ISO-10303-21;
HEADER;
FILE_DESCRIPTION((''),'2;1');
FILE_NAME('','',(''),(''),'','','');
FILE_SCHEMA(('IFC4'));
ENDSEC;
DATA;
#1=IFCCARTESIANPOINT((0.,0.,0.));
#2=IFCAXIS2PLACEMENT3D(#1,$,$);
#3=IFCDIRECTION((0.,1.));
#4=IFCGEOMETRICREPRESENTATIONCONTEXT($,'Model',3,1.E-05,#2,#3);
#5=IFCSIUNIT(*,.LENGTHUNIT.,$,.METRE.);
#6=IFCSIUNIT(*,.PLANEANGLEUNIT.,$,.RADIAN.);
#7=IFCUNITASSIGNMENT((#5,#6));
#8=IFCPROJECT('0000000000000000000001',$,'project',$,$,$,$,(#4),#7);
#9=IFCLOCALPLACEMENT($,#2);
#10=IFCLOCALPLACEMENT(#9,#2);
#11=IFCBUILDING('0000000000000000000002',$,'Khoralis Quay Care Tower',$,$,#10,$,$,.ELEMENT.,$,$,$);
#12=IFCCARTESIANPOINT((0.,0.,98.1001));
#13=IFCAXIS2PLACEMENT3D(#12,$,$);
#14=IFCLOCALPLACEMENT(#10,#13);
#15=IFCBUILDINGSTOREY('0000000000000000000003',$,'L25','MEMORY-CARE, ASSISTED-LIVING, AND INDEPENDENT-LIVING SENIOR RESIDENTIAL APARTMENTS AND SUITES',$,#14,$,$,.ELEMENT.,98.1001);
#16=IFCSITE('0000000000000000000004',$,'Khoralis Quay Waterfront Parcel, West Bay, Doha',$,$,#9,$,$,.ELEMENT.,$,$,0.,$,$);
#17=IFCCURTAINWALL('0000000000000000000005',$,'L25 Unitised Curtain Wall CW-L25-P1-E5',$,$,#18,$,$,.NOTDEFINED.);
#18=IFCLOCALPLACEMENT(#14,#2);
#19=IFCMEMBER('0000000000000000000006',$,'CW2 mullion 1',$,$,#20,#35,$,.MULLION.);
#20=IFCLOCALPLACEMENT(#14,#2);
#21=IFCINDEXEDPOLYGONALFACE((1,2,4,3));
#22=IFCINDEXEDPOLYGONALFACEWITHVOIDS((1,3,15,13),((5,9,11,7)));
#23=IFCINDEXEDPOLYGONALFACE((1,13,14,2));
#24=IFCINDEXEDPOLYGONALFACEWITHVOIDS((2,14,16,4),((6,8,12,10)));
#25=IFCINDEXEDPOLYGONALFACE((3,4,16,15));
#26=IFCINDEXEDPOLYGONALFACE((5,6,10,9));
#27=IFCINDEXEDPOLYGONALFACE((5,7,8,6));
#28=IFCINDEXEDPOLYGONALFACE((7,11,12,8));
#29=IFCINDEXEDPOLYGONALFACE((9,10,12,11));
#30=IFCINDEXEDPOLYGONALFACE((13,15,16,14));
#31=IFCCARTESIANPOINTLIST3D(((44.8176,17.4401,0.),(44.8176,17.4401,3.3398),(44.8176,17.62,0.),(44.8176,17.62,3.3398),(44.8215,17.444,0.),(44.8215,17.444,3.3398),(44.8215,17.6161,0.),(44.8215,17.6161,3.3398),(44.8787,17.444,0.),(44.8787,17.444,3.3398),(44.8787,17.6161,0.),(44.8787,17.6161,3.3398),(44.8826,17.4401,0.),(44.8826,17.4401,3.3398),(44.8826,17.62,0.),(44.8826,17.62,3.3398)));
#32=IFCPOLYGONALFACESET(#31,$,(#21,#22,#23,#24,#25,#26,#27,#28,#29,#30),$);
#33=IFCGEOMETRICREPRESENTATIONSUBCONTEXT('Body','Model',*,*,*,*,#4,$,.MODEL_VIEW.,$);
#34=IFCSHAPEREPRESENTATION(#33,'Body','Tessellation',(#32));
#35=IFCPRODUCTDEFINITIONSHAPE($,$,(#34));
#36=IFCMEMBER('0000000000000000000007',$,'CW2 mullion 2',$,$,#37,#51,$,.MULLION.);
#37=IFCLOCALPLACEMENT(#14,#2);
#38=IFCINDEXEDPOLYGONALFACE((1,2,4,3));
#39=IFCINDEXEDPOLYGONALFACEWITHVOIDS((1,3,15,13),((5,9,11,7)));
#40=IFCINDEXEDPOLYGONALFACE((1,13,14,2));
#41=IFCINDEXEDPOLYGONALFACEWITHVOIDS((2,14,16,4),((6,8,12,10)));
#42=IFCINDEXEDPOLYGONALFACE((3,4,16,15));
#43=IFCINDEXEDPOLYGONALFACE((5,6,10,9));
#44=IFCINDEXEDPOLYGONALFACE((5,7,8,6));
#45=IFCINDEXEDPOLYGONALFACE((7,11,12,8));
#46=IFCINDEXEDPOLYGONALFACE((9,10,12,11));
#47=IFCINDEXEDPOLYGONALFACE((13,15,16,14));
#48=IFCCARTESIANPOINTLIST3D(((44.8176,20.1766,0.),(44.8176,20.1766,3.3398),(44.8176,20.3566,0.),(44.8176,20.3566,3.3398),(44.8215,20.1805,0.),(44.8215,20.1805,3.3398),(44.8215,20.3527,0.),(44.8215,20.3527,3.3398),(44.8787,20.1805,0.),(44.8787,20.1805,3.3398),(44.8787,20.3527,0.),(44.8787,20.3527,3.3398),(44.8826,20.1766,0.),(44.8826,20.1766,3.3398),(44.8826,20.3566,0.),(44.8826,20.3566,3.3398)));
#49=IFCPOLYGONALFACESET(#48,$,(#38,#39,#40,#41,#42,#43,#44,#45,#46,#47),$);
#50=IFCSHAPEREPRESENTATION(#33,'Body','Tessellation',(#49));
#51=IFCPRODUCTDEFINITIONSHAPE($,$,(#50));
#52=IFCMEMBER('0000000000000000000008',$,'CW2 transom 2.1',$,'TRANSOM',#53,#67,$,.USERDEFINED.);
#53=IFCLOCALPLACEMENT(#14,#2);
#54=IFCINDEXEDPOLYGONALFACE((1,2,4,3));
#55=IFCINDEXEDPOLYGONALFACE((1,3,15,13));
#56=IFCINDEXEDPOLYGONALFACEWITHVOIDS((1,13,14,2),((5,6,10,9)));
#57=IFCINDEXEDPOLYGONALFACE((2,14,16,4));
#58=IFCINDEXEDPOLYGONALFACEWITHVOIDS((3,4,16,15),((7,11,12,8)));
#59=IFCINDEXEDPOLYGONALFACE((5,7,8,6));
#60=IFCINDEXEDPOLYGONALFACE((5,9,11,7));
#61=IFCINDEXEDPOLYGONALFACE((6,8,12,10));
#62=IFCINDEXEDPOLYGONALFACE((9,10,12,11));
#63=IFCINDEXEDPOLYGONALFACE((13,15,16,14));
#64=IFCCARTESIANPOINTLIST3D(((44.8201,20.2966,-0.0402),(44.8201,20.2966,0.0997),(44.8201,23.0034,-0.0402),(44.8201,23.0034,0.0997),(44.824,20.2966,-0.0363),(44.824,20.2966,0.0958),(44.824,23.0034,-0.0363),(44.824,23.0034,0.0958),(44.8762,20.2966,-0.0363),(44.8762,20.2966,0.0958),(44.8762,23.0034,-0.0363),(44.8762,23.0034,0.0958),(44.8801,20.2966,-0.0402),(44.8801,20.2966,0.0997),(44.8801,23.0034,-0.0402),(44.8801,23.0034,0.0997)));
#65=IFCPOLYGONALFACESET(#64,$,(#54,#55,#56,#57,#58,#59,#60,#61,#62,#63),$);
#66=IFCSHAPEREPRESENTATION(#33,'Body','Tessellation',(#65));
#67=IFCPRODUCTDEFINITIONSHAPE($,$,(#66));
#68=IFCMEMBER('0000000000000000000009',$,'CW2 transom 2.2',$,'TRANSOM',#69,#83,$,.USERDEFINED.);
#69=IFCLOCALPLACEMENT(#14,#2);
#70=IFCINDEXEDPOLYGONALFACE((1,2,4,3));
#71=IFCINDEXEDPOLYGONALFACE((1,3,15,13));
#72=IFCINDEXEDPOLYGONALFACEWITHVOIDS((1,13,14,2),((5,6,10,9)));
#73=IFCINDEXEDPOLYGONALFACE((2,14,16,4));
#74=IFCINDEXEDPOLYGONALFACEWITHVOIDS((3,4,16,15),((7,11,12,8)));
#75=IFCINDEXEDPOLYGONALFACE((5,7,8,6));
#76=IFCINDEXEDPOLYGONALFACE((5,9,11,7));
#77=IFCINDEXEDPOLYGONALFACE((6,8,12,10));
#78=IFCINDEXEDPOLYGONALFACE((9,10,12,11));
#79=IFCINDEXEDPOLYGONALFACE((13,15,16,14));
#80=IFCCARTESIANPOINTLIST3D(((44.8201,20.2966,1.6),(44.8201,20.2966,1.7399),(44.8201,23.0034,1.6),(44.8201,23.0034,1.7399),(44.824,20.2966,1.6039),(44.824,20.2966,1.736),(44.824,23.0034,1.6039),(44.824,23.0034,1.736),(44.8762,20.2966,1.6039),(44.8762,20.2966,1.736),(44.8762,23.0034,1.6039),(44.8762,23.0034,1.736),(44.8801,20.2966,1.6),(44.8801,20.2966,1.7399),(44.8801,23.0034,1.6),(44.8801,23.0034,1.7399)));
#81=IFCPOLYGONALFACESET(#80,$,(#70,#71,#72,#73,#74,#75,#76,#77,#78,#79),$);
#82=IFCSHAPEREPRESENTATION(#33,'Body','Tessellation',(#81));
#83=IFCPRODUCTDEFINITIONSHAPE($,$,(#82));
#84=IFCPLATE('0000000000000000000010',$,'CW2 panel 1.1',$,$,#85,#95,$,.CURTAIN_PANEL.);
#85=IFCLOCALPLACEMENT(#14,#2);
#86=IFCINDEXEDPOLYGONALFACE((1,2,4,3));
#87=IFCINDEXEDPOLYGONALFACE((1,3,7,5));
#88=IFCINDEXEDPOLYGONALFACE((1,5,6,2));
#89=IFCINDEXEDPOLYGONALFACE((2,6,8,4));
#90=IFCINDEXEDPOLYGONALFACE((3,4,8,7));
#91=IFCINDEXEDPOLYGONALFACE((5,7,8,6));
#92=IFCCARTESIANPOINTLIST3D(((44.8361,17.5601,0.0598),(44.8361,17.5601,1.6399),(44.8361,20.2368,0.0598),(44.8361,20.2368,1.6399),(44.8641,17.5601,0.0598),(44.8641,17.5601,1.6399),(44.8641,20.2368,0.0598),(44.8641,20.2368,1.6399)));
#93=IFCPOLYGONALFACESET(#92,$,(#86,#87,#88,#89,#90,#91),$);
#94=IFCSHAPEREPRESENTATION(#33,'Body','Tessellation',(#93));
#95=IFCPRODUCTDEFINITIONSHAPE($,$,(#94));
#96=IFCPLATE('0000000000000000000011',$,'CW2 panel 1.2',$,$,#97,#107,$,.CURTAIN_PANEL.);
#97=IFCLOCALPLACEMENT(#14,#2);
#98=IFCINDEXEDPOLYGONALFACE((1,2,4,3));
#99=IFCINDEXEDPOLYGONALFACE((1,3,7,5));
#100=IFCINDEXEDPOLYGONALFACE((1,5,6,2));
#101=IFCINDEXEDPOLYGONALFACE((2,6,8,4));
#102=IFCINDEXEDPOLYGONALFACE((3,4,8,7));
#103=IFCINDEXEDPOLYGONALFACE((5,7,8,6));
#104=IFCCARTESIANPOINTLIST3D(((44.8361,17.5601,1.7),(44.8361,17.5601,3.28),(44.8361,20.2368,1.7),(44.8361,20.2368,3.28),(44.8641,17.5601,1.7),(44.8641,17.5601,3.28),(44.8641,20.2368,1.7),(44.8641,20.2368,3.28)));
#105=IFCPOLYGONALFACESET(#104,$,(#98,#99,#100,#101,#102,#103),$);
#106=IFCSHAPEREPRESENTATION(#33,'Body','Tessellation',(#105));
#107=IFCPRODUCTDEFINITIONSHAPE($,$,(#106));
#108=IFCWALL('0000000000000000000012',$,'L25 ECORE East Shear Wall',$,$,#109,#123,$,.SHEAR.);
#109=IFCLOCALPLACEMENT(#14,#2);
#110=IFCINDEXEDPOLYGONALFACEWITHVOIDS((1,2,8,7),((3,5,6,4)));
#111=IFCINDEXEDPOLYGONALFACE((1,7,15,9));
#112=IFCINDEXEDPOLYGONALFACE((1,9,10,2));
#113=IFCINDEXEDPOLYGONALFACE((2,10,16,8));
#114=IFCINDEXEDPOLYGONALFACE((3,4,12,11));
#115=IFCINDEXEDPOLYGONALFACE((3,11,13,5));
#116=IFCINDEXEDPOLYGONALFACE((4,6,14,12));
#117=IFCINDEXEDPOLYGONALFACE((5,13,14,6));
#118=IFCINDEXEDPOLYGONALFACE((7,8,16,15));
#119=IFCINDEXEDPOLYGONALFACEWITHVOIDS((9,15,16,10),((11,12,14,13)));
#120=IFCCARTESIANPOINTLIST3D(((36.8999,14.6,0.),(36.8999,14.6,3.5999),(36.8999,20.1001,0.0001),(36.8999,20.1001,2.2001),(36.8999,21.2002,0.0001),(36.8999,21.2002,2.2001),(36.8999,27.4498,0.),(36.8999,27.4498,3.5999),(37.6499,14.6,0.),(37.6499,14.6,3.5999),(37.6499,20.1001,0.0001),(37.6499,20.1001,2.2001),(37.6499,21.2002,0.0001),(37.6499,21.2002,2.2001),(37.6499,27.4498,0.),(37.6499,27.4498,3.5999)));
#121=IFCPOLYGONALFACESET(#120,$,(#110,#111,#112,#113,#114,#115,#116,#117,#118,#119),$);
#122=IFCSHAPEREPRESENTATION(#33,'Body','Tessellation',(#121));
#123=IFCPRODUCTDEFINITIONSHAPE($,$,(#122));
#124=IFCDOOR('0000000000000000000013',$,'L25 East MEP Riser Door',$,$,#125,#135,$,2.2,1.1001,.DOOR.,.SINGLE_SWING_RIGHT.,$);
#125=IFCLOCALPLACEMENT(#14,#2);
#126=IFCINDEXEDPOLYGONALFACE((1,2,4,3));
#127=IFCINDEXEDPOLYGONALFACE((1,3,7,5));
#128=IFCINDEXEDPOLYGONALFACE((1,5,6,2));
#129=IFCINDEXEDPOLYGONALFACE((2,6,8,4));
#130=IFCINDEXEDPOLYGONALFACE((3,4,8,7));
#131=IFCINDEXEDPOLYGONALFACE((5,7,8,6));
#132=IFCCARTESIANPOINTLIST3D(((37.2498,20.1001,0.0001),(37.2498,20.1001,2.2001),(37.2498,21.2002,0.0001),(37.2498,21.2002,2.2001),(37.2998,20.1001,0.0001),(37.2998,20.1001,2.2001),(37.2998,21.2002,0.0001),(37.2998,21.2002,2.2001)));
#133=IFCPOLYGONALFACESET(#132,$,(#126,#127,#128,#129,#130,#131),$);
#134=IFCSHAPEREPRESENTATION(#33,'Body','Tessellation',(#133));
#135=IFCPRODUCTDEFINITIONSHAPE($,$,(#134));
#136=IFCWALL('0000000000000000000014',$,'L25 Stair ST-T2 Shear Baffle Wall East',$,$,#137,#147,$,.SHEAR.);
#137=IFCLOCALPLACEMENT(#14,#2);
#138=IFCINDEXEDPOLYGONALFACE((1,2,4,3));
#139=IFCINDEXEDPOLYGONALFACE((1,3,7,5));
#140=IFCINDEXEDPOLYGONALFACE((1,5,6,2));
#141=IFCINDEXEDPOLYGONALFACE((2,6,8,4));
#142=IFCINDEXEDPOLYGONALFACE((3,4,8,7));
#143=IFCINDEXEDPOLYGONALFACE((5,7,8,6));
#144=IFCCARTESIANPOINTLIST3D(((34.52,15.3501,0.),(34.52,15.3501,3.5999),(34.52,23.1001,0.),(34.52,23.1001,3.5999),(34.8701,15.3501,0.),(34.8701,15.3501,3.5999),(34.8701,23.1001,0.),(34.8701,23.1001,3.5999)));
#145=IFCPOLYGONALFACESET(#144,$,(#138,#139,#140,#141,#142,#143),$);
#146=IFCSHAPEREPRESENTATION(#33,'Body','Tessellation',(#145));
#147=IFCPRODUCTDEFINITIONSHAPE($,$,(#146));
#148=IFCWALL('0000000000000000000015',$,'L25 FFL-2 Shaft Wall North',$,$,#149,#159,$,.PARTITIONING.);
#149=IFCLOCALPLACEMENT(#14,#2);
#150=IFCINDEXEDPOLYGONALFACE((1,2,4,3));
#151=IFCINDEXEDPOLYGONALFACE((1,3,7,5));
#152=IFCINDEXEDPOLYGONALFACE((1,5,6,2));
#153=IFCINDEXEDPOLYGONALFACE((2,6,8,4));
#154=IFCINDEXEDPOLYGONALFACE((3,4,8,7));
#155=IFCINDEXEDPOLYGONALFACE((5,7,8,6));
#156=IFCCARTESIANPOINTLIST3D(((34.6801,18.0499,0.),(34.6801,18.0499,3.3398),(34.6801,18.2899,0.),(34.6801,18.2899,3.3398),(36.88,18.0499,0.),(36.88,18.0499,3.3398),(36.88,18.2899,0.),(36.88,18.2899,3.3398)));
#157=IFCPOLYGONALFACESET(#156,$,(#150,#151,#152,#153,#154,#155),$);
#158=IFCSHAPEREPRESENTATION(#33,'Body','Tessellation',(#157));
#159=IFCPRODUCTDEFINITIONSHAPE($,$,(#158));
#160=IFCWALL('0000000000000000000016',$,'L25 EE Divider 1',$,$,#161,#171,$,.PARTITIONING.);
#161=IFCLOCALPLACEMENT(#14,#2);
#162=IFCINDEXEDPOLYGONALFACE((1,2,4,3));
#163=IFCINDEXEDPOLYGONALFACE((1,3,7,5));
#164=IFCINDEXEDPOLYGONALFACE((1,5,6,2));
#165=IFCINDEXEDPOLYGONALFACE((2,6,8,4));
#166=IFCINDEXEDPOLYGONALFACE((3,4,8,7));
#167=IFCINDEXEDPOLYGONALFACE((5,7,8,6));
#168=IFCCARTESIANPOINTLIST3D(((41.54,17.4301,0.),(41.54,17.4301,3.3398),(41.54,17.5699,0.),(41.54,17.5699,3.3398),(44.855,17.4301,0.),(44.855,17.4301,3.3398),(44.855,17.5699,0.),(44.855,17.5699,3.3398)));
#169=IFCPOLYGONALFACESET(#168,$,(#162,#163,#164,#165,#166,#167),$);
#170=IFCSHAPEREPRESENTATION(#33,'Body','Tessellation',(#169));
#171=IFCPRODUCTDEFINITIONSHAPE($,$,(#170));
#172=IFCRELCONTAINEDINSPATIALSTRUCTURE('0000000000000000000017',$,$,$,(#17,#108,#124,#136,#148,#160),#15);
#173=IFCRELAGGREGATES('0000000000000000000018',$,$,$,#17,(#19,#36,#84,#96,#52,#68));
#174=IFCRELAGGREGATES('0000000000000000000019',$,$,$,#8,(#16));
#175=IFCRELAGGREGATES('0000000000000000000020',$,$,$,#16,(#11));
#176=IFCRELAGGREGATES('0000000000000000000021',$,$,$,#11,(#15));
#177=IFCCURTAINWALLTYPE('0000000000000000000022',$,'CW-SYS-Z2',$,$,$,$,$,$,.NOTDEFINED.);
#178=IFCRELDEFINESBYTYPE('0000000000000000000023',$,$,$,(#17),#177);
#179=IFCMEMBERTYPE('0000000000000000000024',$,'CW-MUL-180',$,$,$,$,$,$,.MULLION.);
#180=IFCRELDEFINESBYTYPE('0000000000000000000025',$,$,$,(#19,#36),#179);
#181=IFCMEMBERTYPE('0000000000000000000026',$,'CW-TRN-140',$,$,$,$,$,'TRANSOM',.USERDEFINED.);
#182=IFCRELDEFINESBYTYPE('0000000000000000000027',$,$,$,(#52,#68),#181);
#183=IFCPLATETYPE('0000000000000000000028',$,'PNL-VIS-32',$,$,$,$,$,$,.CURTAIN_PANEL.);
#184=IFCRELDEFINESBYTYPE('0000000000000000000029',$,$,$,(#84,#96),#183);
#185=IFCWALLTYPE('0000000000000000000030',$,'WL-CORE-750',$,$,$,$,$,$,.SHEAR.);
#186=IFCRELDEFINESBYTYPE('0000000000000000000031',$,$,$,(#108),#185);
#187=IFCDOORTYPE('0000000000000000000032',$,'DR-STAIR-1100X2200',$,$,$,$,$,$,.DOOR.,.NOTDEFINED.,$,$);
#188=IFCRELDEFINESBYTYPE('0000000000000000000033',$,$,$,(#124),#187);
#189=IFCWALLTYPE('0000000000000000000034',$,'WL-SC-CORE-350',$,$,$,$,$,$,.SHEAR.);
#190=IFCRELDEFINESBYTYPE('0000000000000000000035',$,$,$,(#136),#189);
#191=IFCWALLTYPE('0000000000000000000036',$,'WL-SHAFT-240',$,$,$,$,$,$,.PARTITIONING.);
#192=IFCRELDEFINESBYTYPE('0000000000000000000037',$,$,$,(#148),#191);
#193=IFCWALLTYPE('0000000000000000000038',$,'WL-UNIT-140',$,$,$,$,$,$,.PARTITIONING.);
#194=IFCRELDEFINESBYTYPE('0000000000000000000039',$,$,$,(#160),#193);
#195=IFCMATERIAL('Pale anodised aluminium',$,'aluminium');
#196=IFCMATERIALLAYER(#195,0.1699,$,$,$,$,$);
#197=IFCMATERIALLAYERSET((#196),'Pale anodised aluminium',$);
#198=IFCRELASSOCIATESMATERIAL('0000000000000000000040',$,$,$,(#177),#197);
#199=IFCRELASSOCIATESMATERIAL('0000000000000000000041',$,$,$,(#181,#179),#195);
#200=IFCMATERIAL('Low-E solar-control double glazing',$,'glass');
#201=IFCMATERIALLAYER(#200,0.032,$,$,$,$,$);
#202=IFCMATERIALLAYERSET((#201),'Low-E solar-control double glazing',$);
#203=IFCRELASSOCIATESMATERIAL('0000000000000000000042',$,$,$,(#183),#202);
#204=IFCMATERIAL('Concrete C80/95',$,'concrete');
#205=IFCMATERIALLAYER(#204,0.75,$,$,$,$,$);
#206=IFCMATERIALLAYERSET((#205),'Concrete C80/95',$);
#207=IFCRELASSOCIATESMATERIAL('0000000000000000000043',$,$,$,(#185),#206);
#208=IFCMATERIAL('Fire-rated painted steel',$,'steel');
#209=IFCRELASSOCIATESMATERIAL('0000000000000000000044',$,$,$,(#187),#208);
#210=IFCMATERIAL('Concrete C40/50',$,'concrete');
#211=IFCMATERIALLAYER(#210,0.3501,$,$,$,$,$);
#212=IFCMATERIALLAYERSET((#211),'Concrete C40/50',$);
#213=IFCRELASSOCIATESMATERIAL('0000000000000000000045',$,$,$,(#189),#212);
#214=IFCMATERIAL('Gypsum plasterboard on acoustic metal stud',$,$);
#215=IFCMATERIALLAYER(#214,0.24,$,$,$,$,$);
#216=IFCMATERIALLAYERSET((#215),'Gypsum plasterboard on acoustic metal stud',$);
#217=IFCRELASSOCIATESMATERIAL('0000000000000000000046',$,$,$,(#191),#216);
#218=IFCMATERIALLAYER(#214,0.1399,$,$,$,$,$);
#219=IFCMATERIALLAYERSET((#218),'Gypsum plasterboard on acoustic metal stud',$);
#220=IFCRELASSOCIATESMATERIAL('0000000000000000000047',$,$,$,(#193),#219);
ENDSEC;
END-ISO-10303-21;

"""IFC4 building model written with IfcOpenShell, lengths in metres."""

from ifc_helpers import new_model, si_unit, direction, frame, frame_2d, origin, origin_2d, place, context, subcontext, project, spatial, rectangle, hollow_rectangle, extrude, source, transform, mapped, material, layer, layer_set, material_profile, profile_set, type_object, element, fill, aggregate, save


model = new_model("IFC4")

# Units and contexts
model_context = context("Model", 3, precision=1e-05, world=origin(), true_north=direction((0.0, 1.0)))
body_context = subcontext(model_context, "Body", "Model", "MODEL_VIEW")
ifc_project = project(units=[si_unit("LENGTHUNIT", "METRE"), si_unit("PLANEANGLEUNIT", "RADIAN")], contexts=[model_context])

# Site, building, storey
site_placement = place(None, origin())
site = spatial("IfcSite", under=ifc_project, at=site_placement, Name="Khoralis Quay Waterfront Parcel, West Bay, Doha", CompositionType="ELEMENT", RefElevation=0.0)
building_placement = place(site_placement, origin())
building = spatial("IfcBuilding", under=site, at=building_placement, Name="Khoralis Quay Care Tower", CompositionType="ELEMENT")
storey_placement = place(building_placement, frame((0.0, 0.0, 98.1001)))
storey = spatial("IfcBuildingStorey", under=building, at=storey_placement, Name="L25", Description="MEMORY-CARE, ASSISTED-LIVING, AND INDEPENDENT-LIVING SENIOR RESIDENTIAL APARTMENTS AND SUITES", CompositionType="ELEMENT", Elevation=98.1001)

# Curtain wall, members, plates
ifc_material_1 = material(Name="Pale anodised aluminium", Category="aluminium")
ifc_layer_1 = layer(ifc_material_1, 0.1699)
ifc_layer_set_1 = layer_set([ifc_layer_1], Name="Pale anodised aluminium")
curtain_wall_type = type_object("IfcCurtainWallType", Name="CW-SYS-Z2", PredefinedType="NOTDEFINED", material=ifc_layer_set_1)
curtain_wall_placement = place(storey_placement, origin())
curtain_wall = element("IfcCurtainWall", 1, at=curtain_wall_placement, inside=storey, type_object=curtain_wall_type, Name="L25 Unitised Curtain Wall CW-L25-P1-E5", PredefinedType="NOTDEFINED")
ifc_material_profile_1 = material_profile(ifc_material_1, hollow_rectangle(XDim=0.0601, YDim=0.1399, WallThickness=0.0039, at=origin_2d()), Name="Pale anodised aluminium")
ifc_profile_set_1 = profile_set([ifc_material_profile_1], Name="Pale anodised aluminium")
member_type_1 = type_object("IfcMemberType", Name="CW-TRN-140", ElementType="TRANSOM", PredefinedType="USERDEFINED", material=ifc_profile_set_1)
ifc_material_profile_2 = material_profile(ifc_material_1, hollow_rectangle(XDim=0.0649, YDim=0.1799, WallThickness=0.0039, at=origin_2d()), Name="Pale anodised aluminium")
ifc_profile_set_2 = profile_set([ifc_material_profile_2], Name="Pale anodised aluminium")
member_type_2 = type_object("IfcMemberType", Name="CW-MUL-180", PredefinedType="MULLION", material=ifc_profile_set_2)
shared_shape_1 = source(origin(), body_context, "Body", "SweptSolid", [
    extrude(hollow_rectangle(XDim=0.0649, YDim=0.1799, WallThickness=0.0039, at=origin_2d()), origin(), (0.0, 0.0, 1.0), 3.3398),
])
member_1_placement = place(storey_placement, frame((44.8501, 17.53, 0.0), z_axis=(0.0, 0.0, 1.0), x_axis=(-1.0, 0.0, 0.0)))
member_1 = element("IfcMember", 2, at=member_1_placement, type_object=member_type_2, Name="CW2 mullion 1", PredefinedType="MULLION", context=body_context, shape_type="MappedRepresentation", body=[
    mapped(shared_shape_1, transform((0.0, 0.0, 0.0), scale=1.0)),
])
member_2_placement = place(storey_placement, frame((44.8501, 20.2666, 0.0), z_axis=(0.0, 0.0, 1.0), x_axis=(-1.0, 0.0, 0.0)))
member_2 = element("IfcMember", 3, at=member_2_placement, type_object=member_type_2, Name="CW2 mullion 2", PredefinedType="MULLION", context=body_context, shape_type="MappedRepresentation", body=[
    mapped(shared_shape_1, transform((0.0, 0.0, 0.0), scale=1.0)),
])
shared_shape_2 = source(origin(), body_context, "Body", "SweptSolid", [
    extrude(hollow_rectangle(XDim=0.0601, YDim=0.1399, WallThickness=0.0039, at=origin_2d()), origin(), (0.0, 0.0, 1.0), 2.7068),
])
member_3_placement = place(storey_placement, frame((44.8501, 20.2966, 0.0298), z_axis=(0.0, 1.0, 0.0), x_axis=(-1.0, 0.0, 0.0)))
member_3 = element("IfcMember", 4, at=member_3_placement, type_object=member_type_1, Name="CW2 transom 2.1", ObjectType="TRANSOM", PredefinedType="USERDEFINED", context=body_context, shape_type="MappedRepresentation", body=[
    mapped(shared_shape_2, transform((0.0, 0.0, 0.0), scale=1.0)),
])
member_4_placement = place(storey_placement, frame((44.8501, 20.2966, 1.6699), z_axis=(0.0, 1.0, 0.0), x_axis=(-1.0, 0.0, 0.0)))
member_4 = element("IfcMember", 5, at=member_4_placement, type_object=member_type_1, Name="CW2 transom 2.2", ObjectType="TRANSOM", PredefinedType="USERDEFINED", context=body_context, shape_type="MappedRepresentation", body=[
    mapped(shared_shape_2, transform((0.0, 0.0, 0.0), scale=1.0)),
])
ifc_material_2 = material(Name="Low-E solar-control double glazing", Category="glass")
ifc_layer_2 = layer(ifc_material_2, 0.032)
ifc_layer_set_2 = layer_set([ifc_layer_2], Name="Low-E solar-control double glazing")
plate_type = type_object("IfcPlateType", Name="PNL-VIS-32", PredefinedType="CURTAIN_PANEL", material=ifc_layer_set_2)
shared_shape_3 = source(origin(), body_context, "Body", "SweptSolid", [
    extrude(rectangle(XDim=2.6768, YDim=0.0281, at=origin_2d()), origin(), (0.0, 0.0, 1.0), 1.5801),
])
plate_1_placement = place(storey_placement, frame((44.8501, 18.8984, 0.0598), z_axis=(0.0, 0.0, 1.0), x_axis=(0.0, 1.0, 0.0)))
plate_1 = element("IfcPlate", 6, at=plate_1_placement, type_object=plate_type, Name="CW2 panel 1.1", PredefinedType="CURTAIN_PANEL", context=body_context, shape_type="MappedRepresentation", body=[
    mapped(shared_shape_3, transform((0.0, 0.0, 0.0), scale=1.0)),
])
plate_2_placement = place(storey_placement, frame((44.8501, 18.8984, 1.7), z_axis=(0.0, 0.0, 1.0), x_axis=(0.0, 1.0, 0.0)))
plate_2 = element("IfcPlate", 7, at=plate_2_placement, type_object=plate_type, Name="CW2 panel 1.2", PredefinedType="CURTAIN_PANEL", context=body_context, shape_type="MappedRepresentation", body=[
    mapped(shared_shape_3, transform((0.0, 0.0, 0.0), scale=1.0)),
])
aggregate(curtain_wall, [member_1, member_2, plate_1, plate_2, member_3, member_4])

# Wall, opening, door
ifc_material_3 = material(Name="Concrete C80/95", Category="concrete")
ifc_layer_3 = layer(ifc_material_3, 0.75)
ifc_layer_set_3 = layer_set([ifc_layer_3], Name="Concrete C80/95")
wall_type_1 = type_object("IfcWallType", Name="WL-CORE-750", PredefinedType="SHEAR", material=ifc_layer_set_3)
wall_1_placement = place(storey_placement, frame((37.2749, 14.6001, 0.0), z_axis=(0.0, 0.0, 1.0), x_axis=(0.0, 1.0, 0.0)))
wall_1 = element("IfcWall", 8, at=wall_1_placement, inside=storey, type_object=wall_type_1, Name="L25 ECORE East Shear Wall", PredefinedType="SHEAR", context=body_context, shape_type="SweptSolid", body=[
    extrude(rectangle(XDim=12.8499, YDim=0.75, at=frame_2d((6.4248, 0.0))), origin(), (0.0, 0.0, 1.0), 3.5999),
])
opening_placement = place(wall_1_placement, frame((5.5, 0.0, 0.0)))
opening = element("IfcOpeningElement", 9, at=opening_placement, cuts=wall_1, PredefinedType="OPENING", context=body_context, shape_type="SweptSolid", body=[
    extrude(rectangle(XDim=1.1001, YDim=2.2, at=frame_2d((0.55, 1.1001))), frame((0.0, 0.385, 0.0), z_axis=(0.0, -1.0, 0.0), x_axis=(1.0, 0.0, 0.0)), (0.0, 0.0, 1.0), 0.77),
])
ifc_material_4 = material(Name="Fire-rated painted steel", Category="steel")
door_type = type_object("IfcDoorType", Name="DR-STAIR-1100X2200", OperationType="NOTDEFINED", PredefinedType="DOOR", material=ifc_material_4)
shared_shape_4 = source(origin(), body_context, "Body", "SweptSolid", [
    extrude(rectangle(XDim=1.1001, YDim=2.2, at=frame_2d((0.55, 1.1001))), frame((0.0, 0.0249, 0.0), z_axis=(0.0, -1.0, 0.0), x_axis=(1.0, 0.0, 0.0)), (0.0, 0.0, 1.0), 0.05),
])
door_placement = place(opening_placement, frame((1.1001, 0.0, 0.0), z_axis=(0.0, 0.0, 1.0), x_axis=(-1.0, 0.0, 0.0)))
door = element("IfcDoor", 10, at=door_placement, inside=storey, type_object=door_type, Name="L25 East MEP Riser Door", OperationType="SINGLE_SWING_RIGHT", OverallHeight=2.2, OverallWidth=1.1001, PredefinedType="DOOR", context=body_context, shape_type="MappedRepresentation", body=[
    mapped(shared_shape_4, transform((0.0, 0.0, 0.0), scale=1.0)),
])
fill(opening, door)

# Walls
ifc_material_5 = material(Name="Concrete C40/50", Category="concrete")
ifc_layer_4 = layer(ifc_material_5, 0.3501)
ifc_layer_set_4 = layer_set([ifc_layer_4], Name="Concrete C40/50")
wall_type_2 = type_object("IfcWallType", Name="WL-SC-CORE-350", PredefinedType="SHEAR", material=ifc_layer_set_4)
wall_2_placement = place(storey_placement, frame((34.6951, 15.3501, 0.0), z_axis=(0.0, 0.0, 1.0), x_axis=(0.0, 1.0, 0.0)))
element("IfcWall", 11, at=wall_2_placement, inside=storey, type_object=wall_type_2, Name="L25 Stair ST-T2 Shear Baffle Wall East", PredefinedType="SHEAR", context=body_context, shape_type="SweptSolid", body=[
    extrude(rectangle(XDim=7.75, YDim=0.3501, at=frame_2d((3.875, 0.0))), origin(), (0.0, 0.0, 1.0), 3.5999),
])
ifc_material_6 = material(Name="Gypsum plasterboard on acoustic metal stud")
ifc_layer_5 = layer(ifc_material_6, 0.24)
ifc_layer_set_5 = layer_set([ifc_layer_5], Name="Gypsum plasterboard on acoustic metal stud")
wall_type_3 = type_object("IfcWallType", Name="WL-SHAFT-240", PredefinedType="PARTITIONING", material=ifc_layer_set_5)
wall_3_placement = place(storey_placement, frame((34.6799, 18.1699, 0.0), z_axis=(0.0, 0.0, 1.0), x_axis=(1.0, 0.0, 0.0)))
element("IfcWall", 12, at=wall_3_placement, inside=storey, type_object=wall_type_3, Name="L25 FFL-2 Shaft Wall North", PredefinedType="PARTITIONING", context=body_context, shape_type="SweptSolid", body=[
    extrude(rectangle(XDim=2.2, YDim=0.24, at=frame_2d((1.1001, 0.0))), origin(), (0.0, 0.0, 1.0), 3.3398),
])
ifc_layer_6 = layer(ifc_material_6, 0.1399)
ifc_layer_set_6 = layer_set([ifc_layer_6], Name="Gypsum plasterboard on acoustic metal stud")
wall_type_4 = type_object("IfcWallType", Name="WL-UNIT-140", PredefinedType="PARTITIONING", material=ifc_layer_set_6)
wall_4_placement = place(storey_placement, frame((41.54, 17.5, 0.0), z_axis=(0.0, 0.0, 1.0), x_axis=(1.0, 0.0, 0.0)))
element("IfcWall", 13, at=wall_4_placement, inside=storey, type_object=wall_type_4, Name="L25 EE Divider 1", PredefinedType="PARTITIONING", context=body_context, shape_type="SweptSolid", body=[
    extrude(rectangle(XDim=3.3149, YDim=0.1399, at=frame_2d((1.6575, 0.0))), origin(), (0.0, 0.0, 1.0), 3.3398),
])

save(model, "model.ifc")
